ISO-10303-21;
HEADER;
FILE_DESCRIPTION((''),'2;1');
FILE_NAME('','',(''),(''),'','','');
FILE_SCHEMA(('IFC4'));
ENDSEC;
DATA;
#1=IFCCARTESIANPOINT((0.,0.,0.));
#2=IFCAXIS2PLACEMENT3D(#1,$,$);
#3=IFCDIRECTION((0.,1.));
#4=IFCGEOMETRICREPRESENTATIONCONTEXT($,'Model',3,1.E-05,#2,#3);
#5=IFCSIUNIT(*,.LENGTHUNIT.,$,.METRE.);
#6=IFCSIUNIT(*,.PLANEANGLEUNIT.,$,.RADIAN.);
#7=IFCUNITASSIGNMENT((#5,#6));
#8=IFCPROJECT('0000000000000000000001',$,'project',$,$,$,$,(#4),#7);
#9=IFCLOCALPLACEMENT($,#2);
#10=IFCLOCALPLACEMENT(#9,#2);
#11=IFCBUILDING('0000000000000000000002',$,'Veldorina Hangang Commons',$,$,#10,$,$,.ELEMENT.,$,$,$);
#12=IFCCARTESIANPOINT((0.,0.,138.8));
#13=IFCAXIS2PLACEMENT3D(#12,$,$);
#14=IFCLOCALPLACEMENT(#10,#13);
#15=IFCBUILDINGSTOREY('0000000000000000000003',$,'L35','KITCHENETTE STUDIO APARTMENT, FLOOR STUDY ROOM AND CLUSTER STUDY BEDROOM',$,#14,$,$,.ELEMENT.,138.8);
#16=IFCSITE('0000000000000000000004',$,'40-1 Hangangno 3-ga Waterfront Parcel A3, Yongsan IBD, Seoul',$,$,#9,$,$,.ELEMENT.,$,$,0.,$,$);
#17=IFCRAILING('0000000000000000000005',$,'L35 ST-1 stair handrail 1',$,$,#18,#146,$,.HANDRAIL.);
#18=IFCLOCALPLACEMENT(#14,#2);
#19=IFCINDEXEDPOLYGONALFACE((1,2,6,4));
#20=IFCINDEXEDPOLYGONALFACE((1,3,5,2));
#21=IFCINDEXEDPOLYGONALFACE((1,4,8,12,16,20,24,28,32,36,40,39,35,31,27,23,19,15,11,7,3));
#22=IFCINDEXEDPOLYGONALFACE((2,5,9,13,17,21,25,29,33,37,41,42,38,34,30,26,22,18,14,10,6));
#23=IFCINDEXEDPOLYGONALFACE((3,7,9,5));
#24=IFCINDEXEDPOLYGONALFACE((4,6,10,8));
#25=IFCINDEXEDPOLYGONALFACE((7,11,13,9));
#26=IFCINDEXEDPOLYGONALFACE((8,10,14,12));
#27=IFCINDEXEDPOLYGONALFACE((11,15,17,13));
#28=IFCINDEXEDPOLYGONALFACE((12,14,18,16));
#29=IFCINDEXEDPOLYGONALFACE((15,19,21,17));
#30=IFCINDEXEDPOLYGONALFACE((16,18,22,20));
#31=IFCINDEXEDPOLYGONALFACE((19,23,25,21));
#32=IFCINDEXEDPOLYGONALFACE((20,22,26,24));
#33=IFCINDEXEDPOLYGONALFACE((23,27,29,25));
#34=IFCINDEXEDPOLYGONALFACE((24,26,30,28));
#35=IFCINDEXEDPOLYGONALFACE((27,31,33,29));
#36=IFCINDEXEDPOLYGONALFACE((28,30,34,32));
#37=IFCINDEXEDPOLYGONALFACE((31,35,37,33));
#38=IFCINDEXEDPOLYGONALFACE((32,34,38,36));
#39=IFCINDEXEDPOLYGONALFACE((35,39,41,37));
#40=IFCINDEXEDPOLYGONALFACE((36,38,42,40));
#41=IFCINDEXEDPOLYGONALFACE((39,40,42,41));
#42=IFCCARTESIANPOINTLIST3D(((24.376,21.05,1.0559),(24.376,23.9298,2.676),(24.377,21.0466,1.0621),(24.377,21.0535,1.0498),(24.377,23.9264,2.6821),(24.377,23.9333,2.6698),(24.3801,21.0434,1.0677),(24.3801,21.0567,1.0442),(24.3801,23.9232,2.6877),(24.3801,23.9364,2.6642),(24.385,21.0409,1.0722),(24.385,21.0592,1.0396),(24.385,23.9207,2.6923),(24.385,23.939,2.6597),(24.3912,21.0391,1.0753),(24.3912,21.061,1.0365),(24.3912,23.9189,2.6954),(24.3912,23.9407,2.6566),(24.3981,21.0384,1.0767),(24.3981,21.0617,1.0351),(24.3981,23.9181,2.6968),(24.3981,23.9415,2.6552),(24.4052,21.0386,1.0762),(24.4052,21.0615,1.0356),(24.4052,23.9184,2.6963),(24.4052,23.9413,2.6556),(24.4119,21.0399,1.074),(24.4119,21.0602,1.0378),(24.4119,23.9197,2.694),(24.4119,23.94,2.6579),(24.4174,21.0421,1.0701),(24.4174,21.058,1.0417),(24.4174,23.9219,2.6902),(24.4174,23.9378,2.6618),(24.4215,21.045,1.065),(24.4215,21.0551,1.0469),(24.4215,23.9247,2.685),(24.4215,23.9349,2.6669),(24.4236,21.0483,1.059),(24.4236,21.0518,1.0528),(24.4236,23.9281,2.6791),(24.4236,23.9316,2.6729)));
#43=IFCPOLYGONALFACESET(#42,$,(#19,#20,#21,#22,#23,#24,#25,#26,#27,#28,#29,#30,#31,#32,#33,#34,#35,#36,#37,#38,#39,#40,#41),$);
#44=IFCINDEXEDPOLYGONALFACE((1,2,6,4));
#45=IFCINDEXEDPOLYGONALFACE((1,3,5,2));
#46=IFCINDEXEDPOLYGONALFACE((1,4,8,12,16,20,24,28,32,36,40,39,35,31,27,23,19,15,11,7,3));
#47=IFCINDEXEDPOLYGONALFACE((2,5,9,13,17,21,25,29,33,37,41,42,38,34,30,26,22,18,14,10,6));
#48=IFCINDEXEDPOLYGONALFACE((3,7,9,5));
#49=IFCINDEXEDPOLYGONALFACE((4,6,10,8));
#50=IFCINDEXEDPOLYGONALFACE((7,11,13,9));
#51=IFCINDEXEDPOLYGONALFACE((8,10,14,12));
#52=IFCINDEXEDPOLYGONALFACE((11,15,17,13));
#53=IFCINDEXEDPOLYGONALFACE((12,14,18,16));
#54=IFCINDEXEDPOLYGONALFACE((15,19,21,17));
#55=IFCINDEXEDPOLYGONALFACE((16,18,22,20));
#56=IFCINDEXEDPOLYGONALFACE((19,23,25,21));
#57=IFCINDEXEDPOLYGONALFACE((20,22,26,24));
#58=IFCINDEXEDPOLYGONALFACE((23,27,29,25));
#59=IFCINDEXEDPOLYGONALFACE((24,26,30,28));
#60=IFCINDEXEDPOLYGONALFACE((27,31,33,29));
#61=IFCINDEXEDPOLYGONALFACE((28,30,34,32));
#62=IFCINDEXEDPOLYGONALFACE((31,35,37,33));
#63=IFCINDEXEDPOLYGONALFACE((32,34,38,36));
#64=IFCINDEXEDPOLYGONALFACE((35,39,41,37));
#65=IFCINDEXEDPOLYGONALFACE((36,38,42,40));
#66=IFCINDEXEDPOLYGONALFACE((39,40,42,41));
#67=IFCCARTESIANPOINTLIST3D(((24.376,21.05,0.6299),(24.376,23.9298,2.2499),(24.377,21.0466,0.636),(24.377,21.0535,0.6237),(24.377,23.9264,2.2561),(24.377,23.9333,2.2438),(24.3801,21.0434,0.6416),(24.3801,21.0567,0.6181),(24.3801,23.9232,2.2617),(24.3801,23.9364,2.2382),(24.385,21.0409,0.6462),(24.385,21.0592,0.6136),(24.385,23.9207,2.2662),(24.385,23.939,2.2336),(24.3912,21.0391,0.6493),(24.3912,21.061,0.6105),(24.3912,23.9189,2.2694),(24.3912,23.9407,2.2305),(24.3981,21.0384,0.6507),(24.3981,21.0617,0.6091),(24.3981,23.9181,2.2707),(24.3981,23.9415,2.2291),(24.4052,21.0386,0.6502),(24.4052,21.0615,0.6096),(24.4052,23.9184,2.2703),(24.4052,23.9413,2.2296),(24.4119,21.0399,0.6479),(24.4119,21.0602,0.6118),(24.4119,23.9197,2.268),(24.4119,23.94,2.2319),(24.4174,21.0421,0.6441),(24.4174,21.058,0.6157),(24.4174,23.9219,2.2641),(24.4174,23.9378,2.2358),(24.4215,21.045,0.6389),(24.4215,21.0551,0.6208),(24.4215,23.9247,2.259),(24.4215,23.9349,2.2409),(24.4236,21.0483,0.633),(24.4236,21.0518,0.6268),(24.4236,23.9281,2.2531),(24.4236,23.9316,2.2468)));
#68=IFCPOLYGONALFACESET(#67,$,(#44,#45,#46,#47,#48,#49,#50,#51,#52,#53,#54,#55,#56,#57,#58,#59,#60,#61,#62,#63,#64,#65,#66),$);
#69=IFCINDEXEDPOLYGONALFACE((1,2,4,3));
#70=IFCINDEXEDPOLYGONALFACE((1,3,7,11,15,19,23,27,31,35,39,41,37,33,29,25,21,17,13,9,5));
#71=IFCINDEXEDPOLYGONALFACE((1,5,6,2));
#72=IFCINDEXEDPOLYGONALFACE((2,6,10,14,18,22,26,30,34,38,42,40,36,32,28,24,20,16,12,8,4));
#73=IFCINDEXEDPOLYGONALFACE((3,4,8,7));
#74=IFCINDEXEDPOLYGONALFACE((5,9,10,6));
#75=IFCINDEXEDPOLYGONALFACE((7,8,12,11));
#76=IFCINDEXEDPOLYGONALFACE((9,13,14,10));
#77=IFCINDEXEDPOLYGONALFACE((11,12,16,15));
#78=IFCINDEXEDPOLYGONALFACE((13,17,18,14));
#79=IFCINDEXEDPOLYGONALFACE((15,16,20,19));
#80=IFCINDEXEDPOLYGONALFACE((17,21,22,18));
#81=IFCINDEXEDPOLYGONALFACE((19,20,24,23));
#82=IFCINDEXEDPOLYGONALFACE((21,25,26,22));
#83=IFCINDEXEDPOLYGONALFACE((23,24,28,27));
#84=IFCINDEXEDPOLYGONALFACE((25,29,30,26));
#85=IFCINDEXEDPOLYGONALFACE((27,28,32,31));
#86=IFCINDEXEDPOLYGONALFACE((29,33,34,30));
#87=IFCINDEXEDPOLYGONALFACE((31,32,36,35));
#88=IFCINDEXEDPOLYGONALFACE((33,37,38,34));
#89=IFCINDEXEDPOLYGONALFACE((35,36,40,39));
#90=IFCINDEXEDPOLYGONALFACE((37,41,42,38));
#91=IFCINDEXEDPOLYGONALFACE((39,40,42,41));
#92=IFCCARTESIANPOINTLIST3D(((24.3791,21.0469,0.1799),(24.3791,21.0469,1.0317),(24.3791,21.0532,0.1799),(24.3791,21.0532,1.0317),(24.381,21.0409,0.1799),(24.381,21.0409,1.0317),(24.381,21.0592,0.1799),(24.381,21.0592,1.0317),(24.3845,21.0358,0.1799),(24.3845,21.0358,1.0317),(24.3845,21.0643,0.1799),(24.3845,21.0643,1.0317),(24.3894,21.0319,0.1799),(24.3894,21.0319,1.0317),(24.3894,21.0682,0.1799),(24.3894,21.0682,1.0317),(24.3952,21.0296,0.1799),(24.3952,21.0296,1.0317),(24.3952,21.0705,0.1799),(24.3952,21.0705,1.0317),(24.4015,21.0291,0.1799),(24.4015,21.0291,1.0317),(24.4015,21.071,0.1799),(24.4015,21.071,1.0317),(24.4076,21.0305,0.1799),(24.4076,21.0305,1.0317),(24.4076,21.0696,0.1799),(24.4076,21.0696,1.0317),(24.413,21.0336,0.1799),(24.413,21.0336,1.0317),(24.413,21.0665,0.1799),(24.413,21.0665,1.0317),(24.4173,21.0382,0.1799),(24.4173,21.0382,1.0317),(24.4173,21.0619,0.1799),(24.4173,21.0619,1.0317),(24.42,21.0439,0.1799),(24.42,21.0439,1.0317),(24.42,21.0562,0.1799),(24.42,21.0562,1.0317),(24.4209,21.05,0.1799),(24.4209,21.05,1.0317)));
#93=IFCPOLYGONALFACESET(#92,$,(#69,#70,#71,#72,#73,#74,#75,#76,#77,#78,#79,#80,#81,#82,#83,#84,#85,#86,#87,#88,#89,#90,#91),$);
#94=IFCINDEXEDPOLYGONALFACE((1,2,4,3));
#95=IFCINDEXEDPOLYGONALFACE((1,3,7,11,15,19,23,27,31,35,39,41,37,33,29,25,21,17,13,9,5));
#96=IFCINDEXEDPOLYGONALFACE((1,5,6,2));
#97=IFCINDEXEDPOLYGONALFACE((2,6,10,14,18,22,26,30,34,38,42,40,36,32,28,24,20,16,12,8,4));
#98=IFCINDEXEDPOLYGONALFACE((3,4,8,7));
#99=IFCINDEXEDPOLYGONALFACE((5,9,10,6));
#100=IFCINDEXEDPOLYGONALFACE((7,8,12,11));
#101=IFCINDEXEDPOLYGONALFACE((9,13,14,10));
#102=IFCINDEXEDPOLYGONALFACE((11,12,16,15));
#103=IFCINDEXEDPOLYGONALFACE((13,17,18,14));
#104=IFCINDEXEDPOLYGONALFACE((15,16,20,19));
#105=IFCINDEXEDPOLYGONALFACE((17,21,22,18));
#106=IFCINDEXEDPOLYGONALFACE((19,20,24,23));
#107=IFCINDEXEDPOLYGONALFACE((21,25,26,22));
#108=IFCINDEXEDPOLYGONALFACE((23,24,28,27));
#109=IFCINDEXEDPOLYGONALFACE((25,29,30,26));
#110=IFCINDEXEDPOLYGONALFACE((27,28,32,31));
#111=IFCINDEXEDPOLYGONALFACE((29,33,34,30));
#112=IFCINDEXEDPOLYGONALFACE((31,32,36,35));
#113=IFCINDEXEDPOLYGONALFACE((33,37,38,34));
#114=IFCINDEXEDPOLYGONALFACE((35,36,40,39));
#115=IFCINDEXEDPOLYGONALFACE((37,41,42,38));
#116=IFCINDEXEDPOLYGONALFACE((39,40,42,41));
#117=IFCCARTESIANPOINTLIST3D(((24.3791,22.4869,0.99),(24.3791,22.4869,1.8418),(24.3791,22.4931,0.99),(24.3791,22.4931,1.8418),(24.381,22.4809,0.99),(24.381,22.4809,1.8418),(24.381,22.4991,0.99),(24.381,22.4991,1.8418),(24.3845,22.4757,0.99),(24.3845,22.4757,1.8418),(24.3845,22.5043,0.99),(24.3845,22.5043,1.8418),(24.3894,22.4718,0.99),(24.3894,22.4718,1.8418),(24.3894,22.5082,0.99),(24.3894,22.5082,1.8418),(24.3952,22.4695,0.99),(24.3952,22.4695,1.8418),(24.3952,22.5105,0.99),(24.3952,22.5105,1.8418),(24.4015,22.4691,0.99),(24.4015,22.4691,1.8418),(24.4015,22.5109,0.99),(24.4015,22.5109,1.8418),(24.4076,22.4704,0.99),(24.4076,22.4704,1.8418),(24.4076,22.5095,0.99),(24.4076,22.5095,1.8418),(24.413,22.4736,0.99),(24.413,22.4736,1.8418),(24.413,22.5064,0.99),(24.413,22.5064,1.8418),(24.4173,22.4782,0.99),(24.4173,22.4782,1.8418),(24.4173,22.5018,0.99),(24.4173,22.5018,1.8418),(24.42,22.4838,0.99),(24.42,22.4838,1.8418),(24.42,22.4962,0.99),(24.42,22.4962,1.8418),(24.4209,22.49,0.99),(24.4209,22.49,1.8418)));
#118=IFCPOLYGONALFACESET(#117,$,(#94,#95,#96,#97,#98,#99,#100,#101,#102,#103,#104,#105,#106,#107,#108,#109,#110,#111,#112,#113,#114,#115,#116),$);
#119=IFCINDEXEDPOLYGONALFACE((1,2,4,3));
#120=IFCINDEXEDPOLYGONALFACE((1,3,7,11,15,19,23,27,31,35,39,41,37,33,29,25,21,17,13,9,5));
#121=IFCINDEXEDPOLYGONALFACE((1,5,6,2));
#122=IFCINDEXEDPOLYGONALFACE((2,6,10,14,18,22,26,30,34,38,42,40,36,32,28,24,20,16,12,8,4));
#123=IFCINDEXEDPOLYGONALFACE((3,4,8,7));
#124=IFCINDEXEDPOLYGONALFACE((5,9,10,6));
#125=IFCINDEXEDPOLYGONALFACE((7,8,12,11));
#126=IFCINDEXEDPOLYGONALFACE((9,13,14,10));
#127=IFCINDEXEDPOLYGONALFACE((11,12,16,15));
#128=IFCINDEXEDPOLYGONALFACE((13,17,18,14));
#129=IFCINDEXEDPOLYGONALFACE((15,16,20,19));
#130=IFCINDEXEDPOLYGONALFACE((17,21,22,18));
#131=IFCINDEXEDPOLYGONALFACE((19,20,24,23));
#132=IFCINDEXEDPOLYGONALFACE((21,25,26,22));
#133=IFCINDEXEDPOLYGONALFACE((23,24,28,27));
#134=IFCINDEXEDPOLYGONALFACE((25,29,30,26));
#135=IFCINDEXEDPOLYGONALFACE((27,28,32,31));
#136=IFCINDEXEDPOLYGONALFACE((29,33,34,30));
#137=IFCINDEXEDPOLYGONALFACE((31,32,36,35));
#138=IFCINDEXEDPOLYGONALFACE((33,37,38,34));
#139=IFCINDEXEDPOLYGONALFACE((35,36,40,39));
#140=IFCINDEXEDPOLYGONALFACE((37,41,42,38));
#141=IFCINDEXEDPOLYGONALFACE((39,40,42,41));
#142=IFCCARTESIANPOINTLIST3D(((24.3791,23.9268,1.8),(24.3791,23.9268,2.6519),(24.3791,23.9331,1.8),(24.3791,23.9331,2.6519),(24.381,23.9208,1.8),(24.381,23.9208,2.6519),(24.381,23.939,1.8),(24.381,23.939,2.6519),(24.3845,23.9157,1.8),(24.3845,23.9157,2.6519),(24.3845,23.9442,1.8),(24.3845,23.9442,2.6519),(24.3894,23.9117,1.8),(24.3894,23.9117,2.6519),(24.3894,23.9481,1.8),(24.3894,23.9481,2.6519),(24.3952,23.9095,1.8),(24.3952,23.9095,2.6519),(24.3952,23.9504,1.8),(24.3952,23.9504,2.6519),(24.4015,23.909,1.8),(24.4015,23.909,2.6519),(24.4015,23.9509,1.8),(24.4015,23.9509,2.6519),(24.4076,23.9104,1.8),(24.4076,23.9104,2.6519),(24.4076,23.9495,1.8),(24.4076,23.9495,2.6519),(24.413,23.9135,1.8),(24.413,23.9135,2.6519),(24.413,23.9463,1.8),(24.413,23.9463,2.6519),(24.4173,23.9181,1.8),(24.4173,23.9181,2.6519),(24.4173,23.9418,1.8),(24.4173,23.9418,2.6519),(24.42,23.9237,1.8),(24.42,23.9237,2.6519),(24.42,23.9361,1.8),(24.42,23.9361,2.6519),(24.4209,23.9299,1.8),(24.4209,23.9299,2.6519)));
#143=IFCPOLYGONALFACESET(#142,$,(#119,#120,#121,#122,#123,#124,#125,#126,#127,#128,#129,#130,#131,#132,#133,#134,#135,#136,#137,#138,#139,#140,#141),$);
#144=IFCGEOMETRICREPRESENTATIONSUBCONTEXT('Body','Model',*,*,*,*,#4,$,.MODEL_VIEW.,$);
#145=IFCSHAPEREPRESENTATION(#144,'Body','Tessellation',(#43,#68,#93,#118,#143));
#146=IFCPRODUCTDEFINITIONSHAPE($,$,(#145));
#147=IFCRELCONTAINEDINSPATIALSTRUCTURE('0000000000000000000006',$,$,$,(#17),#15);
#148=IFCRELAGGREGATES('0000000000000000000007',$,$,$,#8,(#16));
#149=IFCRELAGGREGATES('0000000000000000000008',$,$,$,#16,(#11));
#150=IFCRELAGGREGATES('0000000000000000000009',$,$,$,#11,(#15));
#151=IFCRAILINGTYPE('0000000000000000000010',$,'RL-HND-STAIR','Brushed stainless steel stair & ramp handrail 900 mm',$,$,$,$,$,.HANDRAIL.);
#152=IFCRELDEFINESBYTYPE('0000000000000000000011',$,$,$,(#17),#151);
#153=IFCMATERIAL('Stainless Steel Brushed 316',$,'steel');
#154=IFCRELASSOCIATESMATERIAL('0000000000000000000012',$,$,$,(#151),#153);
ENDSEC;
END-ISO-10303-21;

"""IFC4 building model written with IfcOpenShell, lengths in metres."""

from ifc_helpers import new_model, si_unit, direction, frame, origin, origin_2d, place, context, subcontext, project, spatial, circle, extrude, material, type_object, element, save


model = new_model("IFC4")

# Units and contexts
model_context = context("Model", 3, precision=1e-05, world=origin(), true_north=direction((0.0, 1.0)))
body_context = subcontext(model_context, "Body", "Model", "MODEL_VIEW")
ifc_project = project(units=[si_unit("LENGTHUNIT", "METRE"), si_unit("PLANEANGLEUNIT", "RADIAN")], contexts=[model_context])

# Site, building, storey
site_placement = place(None, origin())
site = spatial("IfcSite", under=ifc_project, at=site_placement, Name="40-1 Hangangno 3-ga Waterfront Parcel A3, Yongsan IBD, Seoul", CompositionType="ELEMENT", RefElevation=0.0)
building_placement = place(site_placement, origin())
building = spatial("IfcBuilding", under=site, at=building_placement, Name="Veldorina Hangang Commons", CompositionType="ELEMENT")
storey_placement = place(building_placement, frame((0.0, 0.0, 138.8)))
storey = spatial("IfcBuildingStorey", under=building, at=storey_placement, Name="L35", Description="KITCHENETTE STUDIO APARTMENT, FLOOR STUDY ROOM AND CLUSTER STUDY BEDROOM", CompositionType="ELEMENT", Elevation=138.8)

# Railing
ifc_material_1 = material(Name="Stainless Steel Brushed 316", Category="steel")
railing_type_1 = type_object("IfcRailingType", Name="RL-HND-STAIR", Description="Brushed stainless steel stair & ramp handrail 900 mm", PredefinedType="HANDRAIL", material=ifc_material_1)
railing_1_placement = place(storey_placement, frame((24.3999, 21.05, 0.1799)))
element("IfcRailing", 1, at=railing_1_placement, inside=storey, type_object=railing_type_1, Name="L35 ST-1 stair handrail 1", PredefinedType="HANDRAIL", context=body_context, shape_type="SweptSolid", body=[
    extrude(circle(Radius=0.0239, at=origin_2d()), frame((0.0, 0.0, 0.876), z_axis=(0.0, 0.871552, 0.490303), x_axis=(-1.0, 0.0, 0.0)), (0.0, 0.0, 1.0), 3.3042),
    extrude(circle(Radius=0.0239, at=origin_2d()), frame((0.0, 0.0, 0.45), z_axis=(0.0, 0.871552, 0.490303), x_axis=(-1.0, 0.0, 0.0)), (0.0, 0.0, 1.0), 3.3042),
    extrude(circle(Radius=0.021, at=origin_2d()), origin(), (0.0, 0.0, 1.0), 0.8518),
    extrude(circle(Radius=0.021, at=origin_2d()), frame((0.0, 1.4399, 0.8101)), (0.0, 0.0, 1.0), 0.8518),
    extrude(circle(Radius=0.021, at=origin_2d()), frame((0.0, 2.8799, 1.6201)), (0.0, 0.0, 1.0), 0.8518),
])

save(model, "model.ifc")
